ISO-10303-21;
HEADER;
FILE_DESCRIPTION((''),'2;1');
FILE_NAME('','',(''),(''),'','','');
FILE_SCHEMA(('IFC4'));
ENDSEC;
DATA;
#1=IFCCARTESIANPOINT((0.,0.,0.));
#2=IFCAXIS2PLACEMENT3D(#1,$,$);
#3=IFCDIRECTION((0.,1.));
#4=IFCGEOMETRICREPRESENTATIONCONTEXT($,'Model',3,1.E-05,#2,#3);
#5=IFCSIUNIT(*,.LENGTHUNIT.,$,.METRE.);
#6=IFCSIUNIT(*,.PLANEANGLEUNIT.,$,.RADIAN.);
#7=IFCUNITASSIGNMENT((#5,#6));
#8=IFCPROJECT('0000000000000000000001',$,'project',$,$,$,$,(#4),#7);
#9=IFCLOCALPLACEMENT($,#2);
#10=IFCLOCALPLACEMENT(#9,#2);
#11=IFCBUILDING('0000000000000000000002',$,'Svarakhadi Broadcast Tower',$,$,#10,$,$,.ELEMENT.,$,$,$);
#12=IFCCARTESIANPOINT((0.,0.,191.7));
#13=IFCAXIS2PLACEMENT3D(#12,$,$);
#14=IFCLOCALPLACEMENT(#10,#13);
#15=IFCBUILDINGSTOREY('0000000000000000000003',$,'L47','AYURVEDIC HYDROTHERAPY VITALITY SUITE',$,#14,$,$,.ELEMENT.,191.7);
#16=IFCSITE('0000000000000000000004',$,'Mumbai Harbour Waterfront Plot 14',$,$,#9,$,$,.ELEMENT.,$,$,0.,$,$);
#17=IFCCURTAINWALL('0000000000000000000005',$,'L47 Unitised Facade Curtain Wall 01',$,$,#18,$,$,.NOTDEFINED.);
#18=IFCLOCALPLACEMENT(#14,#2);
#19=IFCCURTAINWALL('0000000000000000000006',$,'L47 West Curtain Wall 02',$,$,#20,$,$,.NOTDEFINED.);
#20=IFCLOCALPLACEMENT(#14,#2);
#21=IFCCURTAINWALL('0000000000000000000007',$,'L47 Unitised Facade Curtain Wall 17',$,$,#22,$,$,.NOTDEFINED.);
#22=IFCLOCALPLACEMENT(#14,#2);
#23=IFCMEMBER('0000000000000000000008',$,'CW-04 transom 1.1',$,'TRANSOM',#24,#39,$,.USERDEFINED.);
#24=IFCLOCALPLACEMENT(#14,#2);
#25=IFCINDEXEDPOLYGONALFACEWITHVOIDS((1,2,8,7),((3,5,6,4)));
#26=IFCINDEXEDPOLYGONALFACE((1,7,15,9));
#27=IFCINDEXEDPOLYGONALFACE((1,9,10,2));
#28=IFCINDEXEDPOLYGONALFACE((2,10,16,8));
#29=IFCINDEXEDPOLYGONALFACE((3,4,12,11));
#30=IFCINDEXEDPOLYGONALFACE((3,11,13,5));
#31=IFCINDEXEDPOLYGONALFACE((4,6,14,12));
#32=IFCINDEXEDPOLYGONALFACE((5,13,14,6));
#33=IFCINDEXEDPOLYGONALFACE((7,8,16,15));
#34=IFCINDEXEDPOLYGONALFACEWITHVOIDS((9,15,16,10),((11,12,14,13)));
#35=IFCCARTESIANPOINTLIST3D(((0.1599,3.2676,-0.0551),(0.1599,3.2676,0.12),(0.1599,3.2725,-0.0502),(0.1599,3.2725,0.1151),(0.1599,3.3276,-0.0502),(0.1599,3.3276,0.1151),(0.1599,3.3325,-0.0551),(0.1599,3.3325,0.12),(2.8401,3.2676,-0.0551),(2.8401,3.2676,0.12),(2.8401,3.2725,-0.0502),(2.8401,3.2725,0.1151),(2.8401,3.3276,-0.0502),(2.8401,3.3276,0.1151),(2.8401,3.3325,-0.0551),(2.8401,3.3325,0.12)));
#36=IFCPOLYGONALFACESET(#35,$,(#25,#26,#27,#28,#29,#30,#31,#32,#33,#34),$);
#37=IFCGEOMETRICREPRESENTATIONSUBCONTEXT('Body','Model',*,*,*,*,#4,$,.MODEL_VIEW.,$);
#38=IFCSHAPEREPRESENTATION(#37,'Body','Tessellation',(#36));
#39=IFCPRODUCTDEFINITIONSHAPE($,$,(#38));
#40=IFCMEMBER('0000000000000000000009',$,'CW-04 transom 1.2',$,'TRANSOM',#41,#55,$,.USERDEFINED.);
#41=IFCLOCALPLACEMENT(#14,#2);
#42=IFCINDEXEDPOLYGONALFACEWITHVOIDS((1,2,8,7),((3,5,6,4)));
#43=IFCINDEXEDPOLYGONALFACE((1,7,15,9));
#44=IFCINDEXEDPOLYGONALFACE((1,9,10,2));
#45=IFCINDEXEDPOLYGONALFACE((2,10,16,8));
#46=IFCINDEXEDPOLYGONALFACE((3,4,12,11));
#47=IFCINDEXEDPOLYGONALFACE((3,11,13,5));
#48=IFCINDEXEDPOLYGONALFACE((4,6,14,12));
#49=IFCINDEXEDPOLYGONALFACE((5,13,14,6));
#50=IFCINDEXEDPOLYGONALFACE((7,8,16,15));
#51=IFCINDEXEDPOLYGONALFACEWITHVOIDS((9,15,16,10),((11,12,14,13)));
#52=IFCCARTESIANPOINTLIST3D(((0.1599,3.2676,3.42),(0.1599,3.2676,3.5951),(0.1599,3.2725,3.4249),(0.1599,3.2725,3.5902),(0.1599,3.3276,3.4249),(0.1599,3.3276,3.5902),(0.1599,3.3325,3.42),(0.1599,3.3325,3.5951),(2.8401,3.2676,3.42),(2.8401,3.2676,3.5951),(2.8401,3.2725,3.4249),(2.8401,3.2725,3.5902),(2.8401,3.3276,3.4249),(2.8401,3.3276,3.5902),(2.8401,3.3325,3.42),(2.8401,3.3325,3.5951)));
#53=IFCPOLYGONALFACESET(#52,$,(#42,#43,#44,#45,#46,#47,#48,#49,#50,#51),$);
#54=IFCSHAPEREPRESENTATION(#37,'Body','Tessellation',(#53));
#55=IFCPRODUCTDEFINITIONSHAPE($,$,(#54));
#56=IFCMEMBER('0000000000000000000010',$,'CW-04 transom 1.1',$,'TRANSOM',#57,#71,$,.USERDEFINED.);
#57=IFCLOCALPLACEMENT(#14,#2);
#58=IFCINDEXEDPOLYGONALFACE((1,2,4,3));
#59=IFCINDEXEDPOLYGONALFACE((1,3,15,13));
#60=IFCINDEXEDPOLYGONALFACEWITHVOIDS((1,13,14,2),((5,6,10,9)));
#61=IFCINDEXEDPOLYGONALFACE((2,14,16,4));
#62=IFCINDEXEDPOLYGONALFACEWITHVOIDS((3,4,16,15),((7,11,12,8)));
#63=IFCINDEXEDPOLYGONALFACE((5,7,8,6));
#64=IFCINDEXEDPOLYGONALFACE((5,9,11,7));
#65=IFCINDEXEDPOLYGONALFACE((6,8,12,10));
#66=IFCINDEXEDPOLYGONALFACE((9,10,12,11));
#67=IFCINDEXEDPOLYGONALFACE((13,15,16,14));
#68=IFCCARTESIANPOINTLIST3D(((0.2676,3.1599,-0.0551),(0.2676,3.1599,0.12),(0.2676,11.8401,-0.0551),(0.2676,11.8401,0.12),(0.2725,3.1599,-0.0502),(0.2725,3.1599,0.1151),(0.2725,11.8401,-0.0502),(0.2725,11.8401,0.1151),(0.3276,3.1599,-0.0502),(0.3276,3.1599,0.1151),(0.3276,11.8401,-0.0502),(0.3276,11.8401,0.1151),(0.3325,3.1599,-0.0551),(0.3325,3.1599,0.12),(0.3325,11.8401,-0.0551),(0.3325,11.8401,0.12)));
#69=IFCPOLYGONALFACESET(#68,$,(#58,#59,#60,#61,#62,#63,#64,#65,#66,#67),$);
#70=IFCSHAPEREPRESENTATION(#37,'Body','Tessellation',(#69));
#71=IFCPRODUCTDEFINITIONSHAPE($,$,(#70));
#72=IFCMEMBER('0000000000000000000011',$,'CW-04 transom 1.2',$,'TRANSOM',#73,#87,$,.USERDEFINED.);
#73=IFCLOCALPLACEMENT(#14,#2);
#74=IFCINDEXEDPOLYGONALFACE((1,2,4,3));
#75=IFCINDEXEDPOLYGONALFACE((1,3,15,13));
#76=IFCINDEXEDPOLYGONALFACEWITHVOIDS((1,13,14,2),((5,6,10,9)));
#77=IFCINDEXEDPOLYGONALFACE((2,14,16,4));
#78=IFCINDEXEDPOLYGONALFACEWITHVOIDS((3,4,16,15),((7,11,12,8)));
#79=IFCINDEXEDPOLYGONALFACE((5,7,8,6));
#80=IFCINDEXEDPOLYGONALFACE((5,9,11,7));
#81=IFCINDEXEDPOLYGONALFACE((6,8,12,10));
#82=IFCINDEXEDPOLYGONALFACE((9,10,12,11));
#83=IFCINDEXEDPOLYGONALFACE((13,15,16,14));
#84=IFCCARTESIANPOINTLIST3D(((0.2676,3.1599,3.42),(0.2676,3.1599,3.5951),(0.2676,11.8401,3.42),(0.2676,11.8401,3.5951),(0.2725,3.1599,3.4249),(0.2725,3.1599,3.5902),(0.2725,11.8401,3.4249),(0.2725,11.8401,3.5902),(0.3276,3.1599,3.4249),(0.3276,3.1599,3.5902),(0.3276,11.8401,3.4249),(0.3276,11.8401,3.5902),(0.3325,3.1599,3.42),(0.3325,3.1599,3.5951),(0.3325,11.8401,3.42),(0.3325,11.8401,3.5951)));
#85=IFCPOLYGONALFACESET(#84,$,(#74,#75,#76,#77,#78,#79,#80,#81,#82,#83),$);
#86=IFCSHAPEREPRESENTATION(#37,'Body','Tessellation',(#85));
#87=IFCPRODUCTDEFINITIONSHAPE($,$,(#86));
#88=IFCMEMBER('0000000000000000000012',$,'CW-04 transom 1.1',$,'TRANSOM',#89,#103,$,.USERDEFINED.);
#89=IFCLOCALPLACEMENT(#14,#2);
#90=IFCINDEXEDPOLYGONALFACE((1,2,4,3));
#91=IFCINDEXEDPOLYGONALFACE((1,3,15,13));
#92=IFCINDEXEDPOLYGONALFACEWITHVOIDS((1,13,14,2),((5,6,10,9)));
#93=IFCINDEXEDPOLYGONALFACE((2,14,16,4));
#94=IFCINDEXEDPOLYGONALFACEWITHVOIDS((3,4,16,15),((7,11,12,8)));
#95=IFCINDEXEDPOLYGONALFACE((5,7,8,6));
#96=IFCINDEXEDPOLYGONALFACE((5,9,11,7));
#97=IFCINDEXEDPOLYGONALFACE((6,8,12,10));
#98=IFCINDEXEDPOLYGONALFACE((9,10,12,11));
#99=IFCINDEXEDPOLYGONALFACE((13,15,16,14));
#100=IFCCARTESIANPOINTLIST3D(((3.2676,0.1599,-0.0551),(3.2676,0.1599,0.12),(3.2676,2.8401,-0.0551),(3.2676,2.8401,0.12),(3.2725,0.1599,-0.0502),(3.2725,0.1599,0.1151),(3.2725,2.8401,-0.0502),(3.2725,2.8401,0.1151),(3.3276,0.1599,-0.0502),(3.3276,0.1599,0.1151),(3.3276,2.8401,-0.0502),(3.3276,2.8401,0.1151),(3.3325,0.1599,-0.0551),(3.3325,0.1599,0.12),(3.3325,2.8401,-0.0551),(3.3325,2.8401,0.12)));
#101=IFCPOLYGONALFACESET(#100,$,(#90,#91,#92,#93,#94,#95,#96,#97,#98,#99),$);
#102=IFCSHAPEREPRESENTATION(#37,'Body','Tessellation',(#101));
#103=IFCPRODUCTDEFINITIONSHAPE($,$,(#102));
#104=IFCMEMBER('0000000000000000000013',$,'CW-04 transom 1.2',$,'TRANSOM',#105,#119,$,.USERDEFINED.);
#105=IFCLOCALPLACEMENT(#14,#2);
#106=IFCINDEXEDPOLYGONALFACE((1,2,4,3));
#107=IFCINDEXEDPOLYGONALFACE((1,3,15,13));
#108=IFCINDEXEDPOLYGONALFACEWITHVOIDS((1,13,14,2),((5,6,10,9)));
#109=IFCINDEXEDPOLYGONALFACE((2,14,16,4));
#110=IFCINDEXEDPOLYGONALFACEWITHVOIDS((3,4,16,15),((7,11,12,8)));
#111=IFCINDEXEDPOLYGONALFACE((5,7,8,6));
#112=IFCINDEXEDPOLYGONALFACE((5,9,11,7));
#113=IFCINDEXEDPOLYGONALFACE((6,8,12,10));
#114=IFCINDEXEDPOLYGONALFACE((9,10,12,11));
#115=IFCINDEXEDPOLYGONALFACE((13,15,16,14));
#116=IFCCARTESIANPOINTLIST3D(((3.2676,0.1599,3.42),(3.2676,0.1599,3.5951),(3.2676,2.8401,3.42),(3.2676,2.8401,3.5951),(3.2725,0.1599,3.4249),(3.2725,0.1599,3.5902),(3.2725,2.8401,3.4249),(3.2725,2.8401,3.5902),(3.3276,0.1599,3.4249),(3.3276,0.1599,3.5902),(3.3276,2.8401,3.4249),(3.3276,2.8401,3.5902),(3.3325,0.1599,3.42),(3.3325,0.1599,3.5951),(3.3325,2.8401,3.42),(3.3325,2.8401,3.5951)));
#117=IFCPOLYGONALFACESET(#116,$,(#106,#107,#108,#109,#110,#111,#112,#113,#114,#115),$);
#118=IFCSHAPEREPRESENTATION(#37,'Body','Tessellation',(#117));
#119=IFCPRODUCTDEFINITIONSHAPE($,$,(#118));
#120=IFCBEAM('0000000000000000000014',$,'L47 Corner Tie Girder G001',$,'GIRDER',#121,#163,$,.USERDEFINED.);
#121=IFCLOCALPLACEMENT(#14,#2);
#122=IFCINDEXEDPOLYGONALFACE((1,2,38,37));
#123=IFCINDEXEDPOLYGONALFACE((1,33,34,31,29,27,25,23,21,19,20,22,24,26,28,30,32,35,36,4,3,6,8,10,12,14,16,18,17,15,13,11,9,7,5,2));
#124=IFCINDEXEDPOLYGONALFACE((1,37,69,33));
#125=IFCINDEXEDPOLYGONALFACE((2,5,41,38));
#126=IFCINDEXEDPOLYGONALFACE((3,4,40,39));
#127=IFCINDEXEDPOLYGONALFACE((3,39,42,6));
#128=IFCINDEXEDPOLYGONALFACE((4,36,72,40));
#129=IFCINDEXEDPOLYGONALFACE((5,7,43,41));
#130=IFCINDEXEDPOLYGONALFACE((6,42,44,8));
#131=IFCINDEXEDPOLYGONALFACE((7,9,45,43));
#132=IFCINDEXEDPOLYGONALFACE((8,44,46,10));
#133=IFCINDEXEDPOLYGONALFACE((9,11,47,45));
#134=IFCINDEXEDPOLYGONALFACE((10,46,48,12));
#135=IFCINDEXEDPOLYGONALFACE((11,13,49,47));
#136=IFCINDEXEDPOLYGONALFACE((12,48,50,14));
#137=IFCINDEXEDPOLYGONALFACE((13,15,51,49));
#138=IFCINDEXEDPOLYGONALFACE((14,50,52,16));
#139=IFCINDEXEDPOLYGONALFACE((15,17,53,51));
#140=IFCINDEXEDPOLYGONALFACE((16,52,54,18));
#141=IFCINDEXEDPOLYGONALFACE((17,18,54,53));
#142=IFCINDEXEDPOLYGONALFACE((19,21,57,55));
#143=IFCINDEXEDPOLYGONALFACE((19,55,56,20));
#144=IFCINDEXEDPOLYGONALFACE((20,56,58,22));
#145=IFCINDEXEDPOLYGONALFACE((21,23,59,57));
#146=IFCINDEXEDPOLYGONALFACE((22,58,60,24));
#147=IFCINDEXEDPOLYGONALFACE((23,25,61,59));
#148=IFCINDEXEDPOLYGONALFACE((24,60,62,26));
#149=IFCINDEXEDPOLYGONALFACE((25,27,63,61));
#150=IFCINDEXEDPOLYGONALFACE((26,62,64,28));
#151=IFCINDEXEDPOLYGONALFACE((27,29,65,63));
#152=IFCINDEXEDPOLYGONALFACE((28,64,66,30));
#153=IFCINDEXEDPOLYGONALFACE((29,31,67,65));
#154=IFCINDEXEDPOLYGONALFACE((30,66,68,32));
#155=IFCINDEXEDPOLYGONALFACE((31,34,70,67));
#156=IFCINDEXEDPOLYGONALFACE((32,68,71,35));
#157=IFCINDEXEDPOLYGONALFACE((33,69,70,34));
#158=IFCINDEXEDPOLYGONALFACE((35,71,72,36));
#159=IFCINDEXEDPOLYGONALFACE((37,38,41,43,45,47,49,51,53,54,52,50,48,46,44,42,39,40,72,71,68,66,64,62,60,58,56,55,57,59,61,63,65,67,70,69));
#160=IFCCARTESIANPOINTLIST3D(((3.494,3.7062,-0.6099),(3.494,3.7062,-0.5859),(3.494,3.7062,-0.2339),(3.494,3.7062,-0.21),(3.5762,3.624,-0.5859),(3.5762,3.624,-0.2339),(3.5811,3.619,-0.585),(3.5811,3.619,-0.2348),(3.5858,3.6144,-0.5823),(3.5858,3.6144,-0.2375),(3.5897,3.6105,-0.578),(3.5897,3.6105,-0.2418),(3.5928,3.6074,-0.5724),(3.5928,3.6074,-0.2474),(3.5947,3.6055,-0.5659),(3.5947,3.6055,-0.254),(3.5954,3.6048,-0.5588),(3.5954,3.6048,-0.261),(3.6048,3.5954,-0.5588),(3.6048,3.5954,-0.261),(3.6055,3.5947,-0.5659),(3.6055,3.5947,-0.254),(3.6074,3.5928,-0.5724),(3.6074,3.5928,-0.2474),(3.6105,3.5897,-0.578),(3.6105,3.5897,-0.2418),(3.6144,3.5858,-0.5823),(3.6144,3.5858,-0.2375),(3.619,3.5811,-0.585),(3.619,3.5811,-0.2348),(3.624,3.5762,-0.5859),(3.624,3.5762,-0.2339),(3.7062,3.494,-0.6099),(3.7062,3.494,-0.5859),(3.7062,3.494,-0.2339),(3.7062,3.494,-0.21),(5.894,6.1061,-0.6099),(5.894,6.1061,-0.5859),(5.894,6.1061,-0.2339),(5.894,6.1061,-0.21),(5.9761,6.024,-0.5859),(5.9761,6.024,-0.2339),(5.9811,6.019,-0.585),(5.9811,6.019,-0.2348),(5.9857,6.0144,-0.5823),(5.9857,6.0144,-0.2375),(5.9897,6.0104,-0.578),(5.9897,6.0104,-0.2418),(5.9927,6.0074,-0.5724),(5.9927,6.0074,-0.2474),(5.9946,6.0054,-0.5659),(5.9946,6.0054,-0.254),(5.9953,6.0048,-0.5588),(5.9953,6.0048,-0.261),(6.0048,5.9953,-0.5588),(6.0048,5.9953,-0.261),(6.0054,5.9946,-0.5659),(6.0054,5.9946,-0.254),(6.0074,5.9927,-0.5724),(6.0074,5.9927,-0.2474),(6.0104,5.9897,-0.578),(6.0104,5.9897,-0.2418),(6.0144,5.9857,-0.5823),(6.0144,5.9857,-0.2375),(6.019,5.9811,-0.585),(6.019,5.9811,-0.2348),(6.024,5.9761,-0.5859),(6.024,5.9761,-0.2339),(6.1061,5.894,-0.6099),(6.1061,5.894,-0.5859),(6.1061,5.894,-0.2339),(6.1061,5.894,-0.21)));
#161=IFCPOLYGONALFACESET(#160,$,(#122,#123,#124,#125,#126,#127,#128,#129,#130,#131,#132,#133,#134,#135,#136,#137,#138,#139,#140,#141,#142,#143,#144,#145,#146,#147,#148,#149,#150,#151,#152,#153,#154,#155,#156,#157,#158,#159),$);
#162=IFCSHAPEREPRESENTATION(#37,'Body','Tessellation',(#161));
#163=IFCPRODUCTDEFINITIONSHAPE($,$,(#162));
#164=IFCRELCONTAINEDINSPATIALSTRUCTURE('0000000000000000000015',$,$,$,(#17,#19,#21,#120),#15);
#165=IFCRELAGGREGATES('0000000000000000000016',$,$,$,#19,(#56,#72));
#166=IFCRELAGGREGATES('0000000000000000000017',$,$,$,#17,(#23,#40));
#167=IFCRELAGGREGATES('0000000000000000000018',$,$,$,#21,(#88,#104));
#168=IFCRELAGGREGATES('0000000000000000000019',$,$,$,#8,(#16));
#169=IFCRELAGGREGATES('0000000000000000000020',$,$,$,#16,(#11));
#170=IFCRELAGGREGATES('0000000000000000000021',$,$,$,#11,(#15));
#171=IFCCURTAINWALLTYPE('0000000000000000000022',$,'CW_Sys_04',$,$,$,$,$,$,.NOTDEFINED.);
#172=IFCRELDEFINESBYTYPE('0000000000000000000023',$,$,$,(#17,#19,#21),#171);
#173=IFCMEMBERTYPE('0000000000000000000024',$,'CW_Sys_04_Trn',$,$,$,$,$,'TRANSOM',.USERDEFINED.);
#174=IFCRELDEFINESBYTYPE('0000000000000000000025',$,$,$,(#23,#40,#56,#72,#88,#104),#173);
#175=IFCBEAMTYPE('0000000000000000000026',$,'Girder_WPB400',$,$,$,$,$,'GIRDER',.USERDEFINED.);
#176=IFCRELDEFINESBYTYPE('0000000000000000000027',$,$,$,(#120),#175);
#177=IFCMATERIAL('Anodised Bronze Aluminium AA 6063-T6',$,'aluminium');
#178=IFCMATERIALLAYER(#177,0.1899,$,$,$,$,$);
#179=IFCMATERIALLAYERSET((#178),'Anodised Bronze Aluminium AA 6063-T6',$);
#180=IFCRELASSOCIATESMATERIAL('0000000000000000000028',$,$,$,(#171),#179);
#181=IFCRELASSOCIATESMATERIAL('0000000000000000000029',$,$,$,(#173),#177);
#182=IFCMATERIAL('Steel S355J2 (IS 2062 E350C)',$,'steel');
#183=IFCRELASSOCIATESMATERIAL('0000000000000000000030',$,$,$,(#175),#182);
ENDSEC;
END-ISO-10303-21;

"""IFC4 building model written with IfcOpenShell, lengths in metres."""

from ifc_helpers import new_model, si_unit, direction, frame, origin, origin_2d, place, context, subcontext, project, spatial, hollow_rectangle, i_section, extrude, material, layer, layer_set, material_profile, profile_set, type_object, element, aggregate, save


model = new_model("IFC4")

# Units and contexts
model_context = context("Model", 3, precision=1e-05, world=origin(), true_north=direction((0.0, 1.0)))
body_context = subcontext(model_context, "Body", "Model", "MODEL_VIEW")
ifc_project = project(units=[si_unit("LENGTHUNIT", "METRE"), si_unit("PLANEANGLEUNIT", "RADIAN")], contexts=[model_context])

# Site, building, storey
site_placement = place(None, origin())
site = spatial("IfcSite", under=ifc_project, at=site_placement, Name="Mumbai Harbour Waterfront Plot 14", CompositionType="ELEMENT", RefElevation=0.0)
building_placement = place(site_placement, origin())
building = spatial("IfcBuilding", under=site, at=building_placement, Name="Svarakhadi Broadcast Tower", CompositionType="ELEMENT")
storey_placement = place(building_placement, frame((0.0, 0.0, 191.7)))
storey = spatial("IfcBuildingStorey", under=building, at=storey_placement, Name="L47", Description="AYURVEDIC HYDROTHERAPY VITALITY SUITE", CompositionType="ELEMENT", Elevation=191.7)

# Curtain wall
ifc_material_1 = material(Name="Anodised Bronze Aluminium AA 6063-T6", Category="aluminium")
ifc_layer_1 = layer(ifc_material_1, 0.1899)
ifc_layer_set_1 = layer_set([ifc_layer_1], Name="Anodised Bronze Aluminium AA 6063-T6")
curtain_wall_type = type_object("IfcCurtainWallType", Name="CW_Sys_04", PredefinedType="NOTDEFINED", material=ifc_layer_set_1)
curtain_wall_1_placement = place(storey_placement, origin())
curtain_wall_1 = element("IfcCurtainWall", 1, at=curtain_wall_1_placement, inside=storey, type_object=curtain_wall_type, Name="L47 Unitised Facade Curtain Wall 01", PredefinedType="NOTDEFINED")

# Curtain wall
curtain_wall_2_placement = place(storey_placement, origin())
curtain_wall_2 = element("IfcCurtainWall", 2, at=curtain_wall_2_placement, inside=storey, type_object=curtain_wall_type, Name="L47 West Curtain Wall 02", PredefinedType="NOTDEFINED")

# Curtain wall
curtain_wall_3_placement = place(storey_placement, origin())
curtain_wall_3 = element("IfcCurtainWall", 3, at=curtain_wall_3_placement, inside=storey, type_object=curtain_wall_type, Name="L47 Unitised Facade Curtain Wall 17", PredefinedType="NOTDEFINED")

# Members
ifc_material_profile_1 = material_profile(ifc_material_1, hollow_rectangle(XDim=0.0649, YDim=0.175, WallThickness=0.0049, at=origin_2d()), Name="ALU TRANSOM 175x65x5")
ifc_profile_set_1 = profile_set([ifc_material_profile_1], Name="Anodised Bronze Aluminium AA 6063-T6")
member_type_1 = type_object("IfcMemberType", Name="CW_Sys_04_Trn", ElementType="TRANSOM", PredefinedType="USERDEFINED", material=ifc_profile_set_1)
member_1_placement = place(storey_placement, frame((2.8401, 3.3, 0.0325), z_axis=(-1.0, 0.0, 0.0), x_axis=(0.0, -1.0, 0.0)))
member_1 = element("IfcMember", 4, at=member_1_placement, type_object=member_type_1, Name="CW-04 transom 1.1", ObjectType="TRANSOM", PredefinedType="USERDEFINED", context=body_context, shape_type="SweptSolid", body=[
    extrude(hollow_rectangle(XDim=0.0649, YDim=0.175, WallThickness=0.0049, at=origin_2d()), origin(), (0.0, 0.0, 1.0), 2.6802),
])
member_2_placement = place(storey_placement, frame((2.8401, 3.3, 3.5076), z_axis=(-1.0, 0.0, 0.0), x_axis=(0.0, -1.0, 0.0)))
member_2 = element("IfcMember", 5, at=member_2_placement, type_object=member_type_1, Name="CW-04 transom 1.2", ObjectType="TRANSOM", PredefinedType="USERDEFINED", context=body_context, shape_type="SweptSolid", body=[
    extrude(hollow_rectangle(XDim=0.0649, YDim=0.175, WallThickness=0.0049, at=origin_2d()), origin(), (0.0, 0.0, 1.0), 2.6802),
])
member_3_placement = place(storey_placement, frame((0.3, 3.1599, 0.0325), z_axis=(0.0, 1.0, 0.0), x_axis=(-1.0, 0.0, 0.0)))
member_3 = element("IfcMember", 6, at=member_3_placement, type_object=member_type_1, Name="CW-04 transom 1.1", ObjectType="TRANSOM", PredefinedType="USERDEFINED", context=body_context, shape_type="SweptSolid", body=[
    extrude(hollow_rectangle(XDim=0.0649, YDim=0.175, WallThickness=0.0049, at=origin_2d()), origin(), (0.0, 0.0, 1.0), 8.6802),
])
member_4_placement = place(storey_placement, frame((0.3, 3.1599, 3.5076), z_axis=(0.0, 1.0, 0.0), x_axis=(-1.0, 0.0, 0.0)))
member_4 = element("IfcMember", 7, at=member_4_placement, type_object=member_type_1, Name="CW-04 transom 1.2", ObjectType="TRANSOM", PredefinedType="USERDEFINED", context=body_context, shape_type="SweptSolid", body=[
    extrude(hollow_rectangle(XDim=0.0649, YDim=0.175, WallThickness=0.0049, at=origin_2d()), origin(), (0.0, 0.0, 1.0), 8.6802),
])
aggregate(curtain_wall_2, [member_3, member_4])
member_5_placement = place(storey_placement, frame((3.3, 0.1599, 0.0325), z_axis=(0.0, 1.0, 0.0), x_axis=(-1.0, 0.0, 0.0)))
member_5 = element("IfcMember", 8, at=member_5_placement, type_object=member_type_1, Name="CW-04 transom 1.1", ObjectType="TRANSOM", PredefinedType="USERDEFINED", context=body_context, shape_type="SweptSolid", body=[
    extrude(hollow_rectangle(XDim=0.0649, YDim=0.175, WallThickness=0.0049, at=origin_2d()), origin(), (0.0, 0.0, 1.0), 2.6802),
])
member_6_placement = place(storey_placement, frame((3.3, 0.1599, 3.5076), z_axis=(0.0, 1.0, 0.0), x_axis=(-1.0, 0.0, 0.0)))
member_6 = element("IfcMember", 9, at=member_6_placement, type_object=member_type_1, Name="CW-04 transom 1.2", ObjectType="TRANSOM", PredefinedType="USERDEFINED", context=body_context, shape_type="SweptSolid", body=[
    extrude(hollow_rectangle(XDim=0.0649, YDim=0.175, WallThickness=0.0049, at=origin_2d()), origin(), (0.0, 0.0, 1.0), 2.6802),
])

# Beam
ifc_material_2 = material(Name="Steel S355J2 (IS 2062 E350C)", Category="steel")
ifc_material_profile_2 = material_profile(ifc_material_2, i_section(OverallWidth=0.3, OverallDepth=0.3999, WebThickness=0.0134, FlangeThickness=0.0239, FilletRadius=0.0271, at=origin_2d()), Name="WPB 400x300x155")
ifc_profile_set_2 = profile_set([ifc_material_profile_2], Name="Steel S355J2 (IS 2062 E350C)")
beam_type = type_object("IfcBeamType", Name="Girder_WPB400", ElementType="GIRDER", PredefinedType="USERDEFINED", material=ifc_profile_set_2)
beam_1_placement = place(storey_placement, frame((3.6001, 3.6001, -0.4099), z_axis=(0.707107, 0.707107, 0.0), x_axis=(-0.707107, 0.707107, 0.0)))
element("IfcBeam", 10, at=beam_1_placement, inside=storey, type_object=beam_type, Name="L47 Corner Tie Girder G001", ObjectType="GIRDER", PredefinedType="USERDEFINED", context=body_context, shape_type="SweptSolid", body=[
    extrude(i_section(OverallWidth=0.3, OverallDepth=0.3999, WebThickness=0.0134, FlangeThickness=0.0239, FilletRadius=0.0271, at=origin_2d()), origin(), (0.0, 0.0, 1.0), 3.394),
])

aggregate(curtain_wall_1, [member_1, member_2])
aggregate(curtain_wall_3, [member_5, member_6])

save(model, "model.ifc")
